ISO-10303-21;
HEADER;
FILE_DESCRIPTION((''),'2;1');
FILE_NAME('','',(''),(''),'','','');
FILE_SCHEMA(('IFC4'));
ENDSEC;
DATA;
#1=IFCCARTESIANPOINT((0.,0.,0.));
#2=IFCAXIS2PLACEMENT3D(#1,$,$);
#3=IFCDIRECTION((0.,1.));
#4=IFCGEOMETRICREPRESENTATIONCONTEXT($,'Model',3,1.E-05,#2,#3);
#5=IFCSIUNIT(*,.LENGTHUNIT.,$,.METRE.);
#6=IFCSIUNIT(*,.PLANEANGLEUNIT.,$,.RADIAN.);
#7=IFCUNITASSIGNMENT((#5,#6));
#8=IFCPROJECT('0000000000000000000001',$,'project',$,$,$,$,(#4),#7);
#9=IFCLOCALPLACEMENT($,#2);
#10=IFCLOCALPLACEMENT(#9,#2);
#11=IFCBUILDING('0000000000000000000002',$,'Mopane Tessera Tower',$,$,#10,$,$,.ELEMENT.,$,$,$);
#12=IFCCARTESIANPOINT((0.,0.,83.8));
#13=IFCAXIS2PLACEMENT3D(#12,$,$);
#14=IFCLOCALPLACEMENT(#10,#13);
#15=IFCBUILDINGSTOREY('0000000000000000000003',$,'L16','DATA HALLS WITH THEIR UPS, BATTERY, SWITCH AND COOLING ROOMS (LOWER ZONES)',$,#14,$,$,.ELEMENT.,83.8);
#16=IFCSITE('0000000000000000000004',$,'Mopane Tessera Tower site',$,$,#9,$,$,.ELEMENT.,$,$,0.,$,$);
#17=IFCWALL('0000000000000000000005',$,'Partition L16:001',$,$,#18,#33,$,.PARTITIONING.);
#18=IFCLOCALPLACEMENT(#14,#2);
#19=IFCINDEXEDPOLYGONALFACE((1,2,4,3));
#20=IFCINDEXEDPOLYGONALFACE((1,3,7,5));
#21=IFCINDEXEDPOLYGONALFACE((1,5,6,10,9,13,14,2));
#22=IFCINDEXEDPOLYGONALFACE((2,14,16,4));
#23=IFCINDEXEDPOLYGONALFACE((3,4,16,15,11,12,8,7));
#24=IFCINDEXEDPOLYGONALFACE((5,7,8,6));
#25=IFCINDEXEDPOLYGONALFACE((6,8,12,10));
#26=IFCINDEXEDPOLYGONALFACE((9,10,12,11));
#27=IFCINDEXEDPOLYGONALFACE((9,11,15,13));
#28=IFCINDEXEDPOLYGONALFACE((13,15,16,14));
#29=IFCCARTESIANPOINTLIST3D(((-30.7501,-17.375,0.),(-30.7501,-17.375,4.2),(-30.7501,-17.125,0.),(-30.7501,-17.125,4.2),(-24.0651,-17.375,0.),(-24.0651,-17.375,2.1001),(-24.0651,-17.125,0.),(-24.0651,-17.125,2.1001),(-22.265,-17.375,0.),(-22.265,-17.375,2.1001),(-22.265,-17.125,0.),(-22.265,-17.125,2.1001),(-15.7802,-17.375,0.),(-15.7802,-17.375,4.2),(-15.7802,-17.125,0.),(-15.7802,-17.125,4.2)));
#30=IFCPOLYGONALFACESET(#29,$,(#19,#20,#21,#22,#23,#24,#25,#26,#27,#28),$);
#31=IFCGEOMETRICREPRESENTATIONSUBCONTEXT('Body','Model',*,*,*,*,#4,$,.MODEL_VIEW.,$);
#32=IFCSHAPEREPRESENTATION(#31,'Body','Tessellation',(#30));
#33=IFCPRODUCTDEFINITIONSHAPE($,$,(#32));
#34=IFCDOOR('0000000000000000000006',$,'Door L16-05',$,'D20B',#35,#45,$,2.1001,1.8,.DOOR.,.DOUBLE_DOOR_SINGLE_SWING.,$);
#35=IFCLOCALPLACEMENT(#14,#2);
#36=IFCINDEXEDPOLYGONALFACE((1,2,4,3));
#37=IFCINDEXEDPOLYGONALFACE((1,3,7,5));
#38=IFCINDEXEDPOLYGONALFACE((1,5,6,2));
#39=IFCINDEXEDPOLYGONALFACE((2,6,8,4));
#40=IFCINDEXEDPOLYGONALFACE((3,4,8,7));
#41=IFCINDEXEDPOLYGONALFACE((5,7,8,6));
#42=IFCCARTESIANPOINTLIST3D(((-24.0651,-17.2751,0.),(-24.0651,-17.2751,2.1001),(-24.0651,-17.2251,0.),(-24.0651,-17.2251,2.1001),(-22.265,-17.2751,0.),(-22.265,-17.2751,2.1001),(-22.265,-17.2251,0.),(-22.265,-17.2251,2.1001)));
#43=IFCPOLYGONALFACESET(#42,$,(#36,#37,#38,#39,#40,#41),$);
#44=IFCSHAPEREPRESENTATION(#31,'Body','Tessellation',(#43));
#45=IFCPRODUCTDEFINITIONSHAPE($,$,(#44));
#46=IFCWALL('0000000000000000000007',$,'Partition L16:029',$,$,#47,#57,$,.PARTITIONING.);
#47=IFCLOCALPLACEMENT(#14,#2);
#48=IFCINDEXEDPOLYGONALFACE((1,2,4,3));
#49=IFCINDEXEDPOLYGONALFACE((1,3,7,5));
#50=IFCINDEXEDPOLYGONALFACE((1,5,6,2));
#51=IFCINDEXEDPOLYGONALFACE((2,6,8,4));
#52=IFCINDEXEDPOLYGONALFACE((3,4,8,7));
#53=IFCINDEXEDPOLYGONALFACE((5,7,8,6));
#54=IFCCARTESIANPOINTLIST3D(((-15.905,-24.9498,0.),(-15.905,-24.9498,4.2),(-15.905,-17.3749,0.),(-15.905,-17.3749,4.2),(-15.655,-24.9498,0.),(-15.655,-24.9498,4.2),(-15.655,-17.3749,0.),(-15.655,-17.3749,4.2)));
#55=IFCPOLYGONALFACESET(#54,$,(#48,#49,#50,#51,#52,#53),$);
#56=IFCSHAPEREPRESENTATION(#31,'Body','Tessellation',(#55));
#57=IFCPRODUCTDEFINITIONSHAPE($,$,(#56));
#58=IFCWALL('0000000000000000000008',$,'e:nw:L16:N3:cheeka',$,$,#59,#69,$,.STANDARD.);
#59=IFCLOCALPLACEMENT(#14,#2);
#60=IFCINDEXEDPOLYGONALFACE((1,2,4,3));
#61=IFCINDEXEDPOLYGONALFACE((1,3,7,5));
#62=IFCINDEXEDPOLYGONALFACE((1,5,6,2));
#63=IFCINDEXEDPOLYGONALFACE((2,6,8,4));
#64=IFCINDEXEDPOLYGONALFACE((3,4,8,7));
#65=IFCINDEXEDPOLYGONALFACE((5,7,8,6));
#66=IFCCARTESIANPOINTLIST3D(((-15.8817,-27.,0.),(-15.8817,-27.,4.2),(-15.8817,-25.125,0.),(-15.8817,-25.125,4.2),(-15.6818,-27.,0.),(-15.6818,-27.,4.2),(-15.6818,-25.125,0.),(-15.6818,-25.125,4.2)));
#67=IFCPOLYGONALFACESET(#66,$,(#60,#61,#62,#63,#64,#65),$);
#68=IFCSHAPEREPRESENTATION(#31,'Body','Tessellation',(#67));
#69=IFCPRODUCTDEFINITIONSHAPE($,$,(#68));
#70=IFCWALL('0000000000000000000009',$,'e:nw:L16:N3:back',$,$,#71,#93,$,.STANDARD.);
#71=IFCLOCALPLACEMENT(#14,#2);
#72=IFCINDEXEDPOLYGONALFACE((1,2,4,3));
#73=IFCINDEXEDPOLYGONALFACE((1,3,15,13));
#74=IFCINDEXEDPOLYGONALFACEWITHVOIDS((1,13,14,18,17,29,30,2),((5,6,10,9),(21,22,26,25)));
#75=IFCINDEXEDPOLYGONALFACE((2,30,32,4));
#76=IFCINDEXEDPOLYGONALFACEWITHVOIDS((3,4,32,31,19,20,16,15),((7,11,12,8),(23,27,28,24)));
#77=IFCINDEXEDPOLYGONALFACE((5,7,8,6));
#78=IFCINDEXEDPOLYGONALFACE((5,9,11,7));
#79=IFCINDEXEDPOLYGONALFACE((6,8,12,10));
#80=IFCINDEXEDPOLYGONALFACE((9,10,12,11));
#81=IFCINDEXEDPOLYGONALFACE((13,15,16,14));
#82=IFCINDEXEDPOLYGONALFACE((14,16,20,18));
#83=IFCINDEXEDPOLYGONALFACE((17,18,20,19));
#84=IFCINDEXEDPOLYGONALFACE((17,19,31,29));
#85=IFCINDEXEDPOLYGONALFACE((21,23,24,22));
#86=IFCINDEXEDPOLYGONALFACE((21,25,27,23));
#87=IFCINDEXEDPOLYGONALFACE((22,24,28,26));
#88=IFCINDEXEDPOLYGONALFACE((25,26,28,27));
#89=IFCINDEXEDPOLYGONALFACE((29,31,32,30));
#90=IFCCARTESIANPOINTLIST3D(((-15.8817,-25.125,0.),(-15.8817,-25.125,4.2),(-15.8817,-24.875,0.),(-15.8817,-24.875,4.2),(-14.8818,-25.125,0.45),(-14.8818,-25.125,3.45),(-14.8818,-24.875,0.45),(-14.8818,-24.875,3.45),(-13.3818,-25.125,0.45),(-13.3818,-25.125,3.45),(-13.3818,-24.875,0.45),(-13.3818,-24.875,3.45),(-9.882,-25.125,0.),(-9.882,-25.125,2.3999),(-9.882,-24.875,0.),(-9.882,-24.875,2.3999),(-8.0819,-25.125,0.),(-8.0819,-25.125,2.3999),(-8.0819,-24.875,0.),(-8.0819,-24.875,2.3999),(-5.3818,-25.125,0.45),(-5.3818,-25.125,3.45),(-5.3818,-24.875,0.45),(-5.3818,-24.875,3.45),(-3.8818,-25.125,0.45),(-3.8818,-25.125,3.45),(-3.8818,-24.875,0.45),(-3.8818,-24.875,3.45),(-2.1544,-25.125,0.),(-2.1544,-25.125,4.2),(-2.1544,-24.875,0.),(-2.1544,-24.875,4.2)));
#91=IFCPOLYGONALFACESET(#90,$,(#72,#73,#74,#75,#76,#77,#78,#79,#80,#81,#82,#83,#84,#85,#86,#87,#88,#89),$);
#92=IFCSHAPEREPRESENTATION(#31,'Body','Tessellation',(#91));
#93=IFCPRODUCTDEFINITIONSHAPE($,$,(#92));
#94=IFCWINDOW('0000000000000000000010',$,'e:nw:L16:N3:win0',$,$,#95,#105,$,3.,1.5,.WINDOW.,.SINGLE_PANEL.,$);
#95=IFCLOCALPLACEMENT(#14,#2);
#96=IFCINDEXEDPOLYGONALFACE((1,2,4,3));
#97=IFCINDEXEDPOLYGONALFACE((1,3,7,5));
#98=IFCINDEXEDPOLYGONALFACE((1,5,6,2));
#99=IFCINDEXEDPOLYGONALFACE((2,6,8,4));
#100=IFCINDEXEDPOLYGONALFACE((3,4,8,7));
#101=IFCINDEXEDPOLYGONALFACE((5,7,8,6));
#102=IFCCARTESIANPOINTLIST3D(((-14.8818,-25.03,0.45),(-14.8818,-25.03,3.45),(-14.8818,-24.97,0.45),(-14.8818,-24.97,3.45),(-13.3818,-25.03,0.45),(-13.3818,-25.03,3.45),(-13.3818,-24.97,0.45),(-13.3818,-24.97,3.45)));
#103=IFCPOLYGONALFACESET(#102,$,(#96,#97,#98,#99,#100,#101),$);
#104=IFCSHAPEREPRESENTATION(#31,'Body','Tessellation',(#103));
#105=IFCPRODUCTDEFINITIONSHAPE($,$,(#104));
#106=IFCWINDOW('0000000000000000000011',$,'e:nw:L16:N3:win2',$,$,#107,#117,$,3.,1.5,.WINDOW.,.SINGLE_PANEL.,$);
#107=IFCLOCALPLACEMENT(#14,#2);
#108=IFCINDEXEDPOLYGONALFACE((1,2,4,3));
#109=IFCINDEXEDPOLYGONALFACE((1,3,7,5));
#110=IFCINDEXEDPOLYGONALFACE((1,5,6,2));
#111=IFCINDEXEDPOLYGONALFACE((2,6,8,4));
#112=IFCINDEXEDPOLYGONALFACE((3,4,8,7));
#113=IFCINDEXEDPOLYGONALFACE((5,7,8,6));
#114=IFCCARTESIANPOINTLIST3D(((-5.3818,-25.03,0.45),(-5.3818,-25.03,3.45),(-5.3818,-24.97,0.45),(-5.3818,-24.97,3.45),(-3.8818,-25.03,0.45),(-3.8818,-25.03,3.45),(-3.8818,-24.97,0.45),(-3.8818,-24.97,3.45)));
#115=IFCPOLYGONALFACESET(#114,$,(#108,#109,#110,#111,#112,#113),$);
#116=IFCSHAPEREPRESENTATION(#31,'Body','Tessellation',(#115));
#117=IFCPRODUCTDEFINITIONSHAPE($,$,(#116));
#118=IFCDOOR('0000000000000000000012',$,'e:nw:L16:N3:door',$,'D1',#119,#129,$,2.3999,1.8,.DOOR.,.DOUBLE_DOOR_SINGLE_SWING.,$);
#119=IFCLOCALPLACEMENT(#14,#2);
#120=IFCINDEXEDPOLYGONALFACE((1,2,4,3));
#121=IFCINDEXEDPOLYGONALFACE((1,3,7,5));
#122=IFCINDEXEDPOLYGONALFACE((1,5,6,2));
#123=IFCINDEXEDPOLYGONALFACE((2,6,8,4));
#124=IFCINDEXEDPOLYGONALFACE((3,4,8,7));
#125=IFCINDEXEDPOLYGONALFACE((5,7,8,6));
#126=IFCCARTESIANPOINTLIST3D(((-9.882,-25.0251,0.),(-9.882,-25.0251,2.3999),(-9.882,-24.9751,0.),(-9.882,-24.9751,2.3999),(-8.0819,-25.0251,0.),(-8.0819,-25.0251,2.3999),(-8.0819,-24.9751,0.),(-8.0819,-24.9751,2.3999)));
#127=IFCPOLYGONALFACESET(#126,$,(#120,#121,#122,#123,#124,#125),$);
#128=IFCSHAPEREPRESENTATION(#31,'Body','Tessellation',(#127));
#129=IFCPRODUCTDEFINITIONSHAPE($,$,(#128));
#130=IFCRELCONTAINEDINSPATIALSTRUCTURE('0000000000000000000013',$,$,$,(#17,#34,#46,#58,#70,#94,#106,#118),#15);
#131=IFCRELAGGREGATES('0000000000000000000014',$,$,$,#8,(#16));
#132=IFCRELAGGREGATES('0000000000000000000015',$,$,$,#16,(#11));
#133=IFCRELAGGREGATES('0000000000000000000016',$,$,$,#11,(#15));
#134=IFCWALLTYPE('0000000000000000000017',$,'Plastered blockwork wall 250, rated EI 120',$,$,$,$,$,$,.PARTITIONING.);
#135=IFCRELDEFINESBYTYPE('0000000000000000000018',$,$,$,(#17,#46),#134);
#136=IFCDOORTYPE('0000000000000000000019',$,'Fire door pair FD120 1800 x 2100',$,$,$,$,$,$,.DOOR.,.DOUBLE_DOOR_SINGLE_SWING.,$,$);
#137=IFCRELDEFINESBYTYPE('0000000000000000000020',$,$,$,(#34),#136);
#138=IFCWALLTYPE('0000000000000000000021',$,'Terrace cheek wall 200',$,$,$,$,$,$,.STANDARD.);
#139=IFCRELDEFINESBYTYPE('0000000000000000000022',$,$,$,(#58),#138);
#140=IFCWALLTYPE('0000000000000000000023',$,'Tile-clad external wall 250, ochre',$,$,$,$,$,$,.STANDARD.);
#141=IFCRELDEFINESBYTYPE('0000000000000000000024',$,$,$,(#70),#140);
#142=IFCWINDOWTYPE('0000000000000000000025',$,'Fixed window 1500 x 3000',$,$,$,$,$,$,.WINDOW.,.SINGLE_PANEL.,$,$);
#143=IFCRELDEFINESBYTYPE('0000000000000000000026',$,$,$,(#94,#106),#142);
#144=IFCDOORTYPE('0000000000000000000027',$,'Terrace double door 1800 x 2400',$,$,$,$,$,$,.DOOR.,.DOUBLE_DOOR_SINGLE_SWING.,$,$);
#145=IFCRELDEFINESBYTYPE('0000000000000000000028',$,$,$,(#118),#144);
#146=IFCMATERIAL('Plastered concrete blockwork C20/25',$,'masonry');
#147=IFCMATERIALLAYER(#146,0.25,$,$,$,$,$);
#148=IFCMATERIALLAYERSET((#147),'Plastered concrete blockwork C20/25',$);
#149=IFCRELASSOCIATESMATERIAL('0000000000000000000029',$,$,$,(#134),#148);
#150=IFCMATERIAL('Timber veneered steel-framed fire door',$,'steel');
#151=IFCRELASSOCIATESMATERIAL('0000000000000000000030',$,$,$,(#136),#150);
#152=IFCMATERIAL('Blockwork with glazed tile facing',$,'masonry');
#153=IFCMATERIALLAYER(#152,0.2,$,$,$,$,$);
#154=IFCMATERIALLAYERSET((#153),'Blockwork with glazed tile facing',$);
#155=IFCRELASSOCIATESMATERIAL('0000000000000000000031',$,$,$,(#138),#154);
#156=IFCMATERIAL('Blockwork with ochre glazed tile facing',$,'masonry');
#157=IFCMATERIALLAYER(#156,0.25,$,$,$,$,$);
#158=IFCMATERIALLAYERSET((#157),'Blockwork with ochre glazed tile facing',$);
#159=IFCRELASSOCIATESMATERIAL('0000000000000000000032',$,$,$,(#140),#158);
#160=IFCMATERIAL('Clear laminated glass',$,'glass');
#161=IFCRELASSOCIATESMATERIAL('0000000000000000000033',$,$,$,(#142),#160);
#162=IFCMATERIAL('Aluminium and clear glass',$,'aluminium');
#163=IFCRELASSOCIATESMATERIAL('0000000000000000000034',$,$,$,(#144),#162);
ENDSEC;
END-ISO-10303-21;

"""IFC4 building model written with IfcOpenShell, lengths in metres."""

from ifc_helpers import new_model, si_unit, direction, frame, frame_2d, origin, place, context, subcontext, project, spatial, rectangle, extrude, material, layer, layer_set, type_object, element, fill, save


model = new_model("IFC4")

# Units and contexts
model_context = context("Model", 3, precision=1e-05, world=origin(), true_north=direction((0.0, 1.0)))
body_context = subcontext(model_context, "Body", "Model", "MODEL_VIEW")
ifc_project = project(units=[si_unit("LENGTHUNIT", "METRE"), si_unit("PLANEANGLEUNIT", "RADIAN")], contexts=[model_context])

# Site, building, storey
site_placement = place(None, origin())
site = spatial("IfcSite", under=ifc_project, at=site_placement, Name="Mopane Tessera Tower site", CompositionType="ELEMENT", RefElevation=0.0)
building_placement = place(site_placement, origin())
building = spatial("IfcBuilding", under=site, at=building_placement, Name="Mopane Tessera Tower", CompositionType="ELEMENT")
storey_placement = place(building_placement, frame((0.0, 0.0, 83.8)))
storey = spatial("IfcBuildingStorey", under=building, at=storey_placement, Name="L16", Description="DATA HALLS WITH THEIR UPS, BATTERY, SWITCH AND COOLING ROOMS (LOWER ZONES)", CompositionType="ELEMENT", Elevation=83.8)

# Wall, opening, door
ifc_material_1 = material(Name="Plastered concrete blockwork C20/25", Category="masonry")
ifc_layer_1 = layer(ifc_material_1, 0.25)
ifc_layer_set_1 = layer_set([ifc_layer_1], Name="Plastered concrete blockwork C20/25")
wall_type_1 = type_object("IfcWallType", Name="Plastered blockwork wall 250, rated EI 120", PredefinedType="PARTITIONING", material=ifc_layer_set_1)
wall_1_placement = place(storey_placement, frame((-30.75, -17.25, 0.0), z_axis=(0.0, 0.0, 1.0), x_axis=(1.0, 0.0, 0.0)))
wall_1 = element("IfcWall", 1, at=wall_1_placement, inside=storey, type_object=wall_type_1, Name="Partition L16:001", PredefinedType="PARTITIONING", context=body_context, shape_type="SweptSolid", body=[
    extrude(rectangle(XDim=14.97, YDim=0.25, at=frame_2d((7.4849, 0.0))), origin(), (0.0, 0.0, 1.0), 4.2),
])
opening_1_placement = place(wall_1_placement, frame((6.6851, 0.0, 0.0)))
opening_1 = element("IfcOpeningElement", 2, at=opening_1_placement, cuts=wall_1, PredefinedType="OPENING", context=body_context, shape_type="SweptSolid", body=[
    extrude(rectangle(XDim=1.8, YDim=2.1001, at=frame_2d((0.8999, 1.05))), frame((0.0, 0.137, 0.0), z_axis=(0.0, -1.0, 0.0), x_axis=(1.0, 0.0, 0.0)), (0.0, 0.0, 1.0), 0.2739),
])
ifc_material_2 = material(Name="Timber veneered steel-framed fire door", Category="steel")
door_type_1 = type_object("IfcDoorType", Name="Fire door pair FD120 1800 x 2100", OperationType="DOUBLE_DOOR_SINGLE_SWING", PredefinedType="DOOR", material=ifc_material_2)
door_1_placement = place(opening_1_placement, origin())
door_1 = element("IfcDoor", 3, at=door_1_placement, inside=storey, type_object=door_type_1, Name="Door L16-05", ObjectType="D20B", OperationType="DOUBLE_DOOR_SINGLE_SWING", OverallHeight=2.1001, OverallWidth=1.8, PredefinedType="DOOR", context=body_context, shape_type="SweptSolid", body=[
    extrude(rectangle(XDim=1.8, YDim=2.1001, at=frame_2d((0.8999, 1.05))), frame((0.0, 0.0249, 0.0), z_axis=(0.0, -1.0, 0.0), x_axis=(1.0, 0.0, 0.0)), (0.0, 0.0, 1.0), 0.05),
])
fill(opening_1, door_1)

# Walls
wall_2_placement = place(storey_placement, frame((-15.78, -24.95, 0.0), z_axis=(0.0, 0.0, 1.0), x_axis=(0.0, 1.0, 0.0)))
element("IfcWall", 4, at=wall_2_placement, inside=storey, type_object=wall_type_1, Name="Partition L16:029", PredefinedType="PARTITIONING", context=body_context, shape_type="SweptSolid", body=[
    extrude(rectangle(XDim=7.575, YDim=0.25, at=frame_2d((3.7876, 0.0))), origin(), (0.0, 0.0, 1.0), 4.2),
])
ifc_material_3 = material(Name="Blockwork with glazed tile facing", Category="masonry")
ifc_layer_2 = layer(ifc_material_3, 0.2)
ifc_layer_set_2 = layer_set([ifc_layer_2], Name="Blockwork with glazed tile facing")
wall_type_2 = type_object("IfcWallType", Name="Terrace cheek wall 200", PredefinedType="STANDARD", material=ifc_layer_set_2)
wall_3_placement = place(storey_placement, frame((-15.7817, -27.0, 0.0), z_axis=(0.0, 0.0, 1.0), x_axis=(0.0, 1.0, 0.0)))
element("IfcWall", 5, at=wall_3_placement, inside=storey, type_object=wall_type_2, Name="e:nw:L16:N3:cheeka", PredefinedType="STANDARD", context=body_context, shape_type="SweptSolid", body=[
    extrude(rectangle(XDim=1.875, YDim=0.2, at=frame_2d((0.9375, 0.0))), origin(), (0.0, 0.0, 1.0), 4.2),
])

# Wall, openings, windows, door
ifc_material_4 = material(Name="Blockwork with ochre glazed tile facing", Category="masonry")
ifc_layer_3 = layer(ifc_material_4, 0.25)
ifc_layer_set_3 = layer_set([ifc_layer_3], Name="Blockwork with ochre glazed tile facing")
wall_type_3 = type_object("IfcWallType", Name="Tile-clad external wall 250, ochre", PredefinedType="STANDARD", material=ifc_layer_set_3)
wall_4_placement = place(storey_placement, frame((-15.8818, -25.0, 0.0), z_axis=(0.0, 0.0, 1.0), x_axis=(1.0, 0.0, 0.0)))
wall_4 = element("IfcWall", 6, at=wall_4_placement, inside=storey, type_object=wall_type_3, Name="e:nw:L16:N3:back", PredefinedType="STANDARD", context=body_context, shape_type="SweptSolid", body=[
    extrude(rectangle(XDim=13.7273, YDim=0.25, at=frame_2d((6.8638, 0.0))), origin(), (0.0, 0.0, 1.0), 4.2),
])
opening_2_placement = place(wall_4_placement, frame((1.0, 0.0, 0.45)))
opening_2 = element("IfcOpeningElement", 7, at=opening_2_placement, cuts=wall_4, PredefinedType="OPENING", context=body_context, shape_type="SweptSolid", body=[
    extrude(rectangle(XDim=1.5, YDim=3.0, at=frame_2d((0.75, 1.5))), frame((0.0, 0.137, 0.0), z_axis=(0.0, -1.0, 0.0), x_axis=(1.0, 0.0, 0.0)), (0.0, 0.0, 1.0), 0.2739),
])
opening_3_placement = place(wall_4_placement, frame((6.0, 0.0, 0.0)))
opening_3 = element("IfcOpeningElement", 8, at=opening_3_placement, cuts=wall_4, PredefinedType="OPENING", context=body_context, shape_type="SweptSolid", body=[
    extrude(rectangle(XDim=1.8, YDim=2.3999, at=frame_2d((0.8999, 1.2))), frame((0.0, 0.137, 0.0), z_axis=(0.0, -1.0, 0.0), x_axis=(1.0, 0.0, 0.0)), (0.0, 0.0, 1.0), 0.2739),
])
opening_4_placement = place(wall_4_placement, frame((10.5, 0.0, 0.45)))
opening_4 = element("IfcOpeningElement", 9, at=opening_4_placement, cuts=wall_4, PredefinedType="OPENING", context=body_context, shape_type="SweptSolid", body=[
    extrude(rectangle(XDim=1.5, YDim=3.0, at=frame_2d((0.75, 1.5))), frame((0.0, 0.137, 0.0), z_axis=(0.0, -1.0, 0.0), x_axis=(1.0, 0.0, 0.0)), (0.0, 0.0, 1.0), 0.2739),
])
ifc_material_5 = material(Name="Clear laminated glass", Category="glass")
window_type = type_object("IfcWindowType", Name="Fixed window 1500 x 3000", PartitioningType="SINGLE_PANEL", PredefinedType="WINDOW", material=ifc_material_5)
window_1_placement = place(opening_2_placement, origin())
window_1 = element("IfcWindow", 10, at=window_1_placement, inside=storey, type_object=window_type, Name="e:nw:L16:N3:win0", OverallHeight=3.0, OverallWidth=1.5, PartitioningType="SINGLE_PANEL", PredefinedType="WINDOW", context=body_context, shape_type="SweptSolid", body=[
    extrude(rectangle(XDim=1.5, YDim=3.0, at=frame_2d((0.75, 1.5))), frame((0.0, 0.03, 0.0), z_axis=(0.0, -1.0, 0.0), x_axis=(1.0, 0.0, 0.0)), (0.0, 0.0, 1.0), 0.0601),
])
fill(opening_2, window_1)
window_2_placement = place(opening_4_placement, origin())
window_2 = element("IfcWindow", 11, at=window_2_placement, inside=storey, type_object=window_type, Name="e:nw:L16:N3:win2", OverallHeight=3.0, OverallWidth=1.5, PartitioningType="SINGLE_PANEL", PredefinedType="WINDOW", context=body_context, shape_type="SweptSolid", body=[
    extrude(rectangle(XDim=1.5, YDim=3.0, at=frame_2d((0.75, 1.5))), frame((0.0, 0.03, 0.0), z_axis=(0.0, -1.0, 0.0), x_axis=(1.0, 0.0, 0.0)), (0.0, 0.0, 1.0), 0.0601),
])
fill(opening_4, window_2)
ifc_material_6 = material(Name="Aluminium and clear glass", Category="aluminium")
door_type_2 = type_object("IfcDoorType", Name="Terrace double door 1800 x 2400", OperationType="DOUBLE_DOOR_SINGLE_SWING", PredefinedType="DOOR", material=ifc_material_6)
door_2_placement = place(opening_3_placement, origin())
door_2 = element("IfcDoor", 12, at=door_2_placement, inside=storey, type_object=door_type_2, Name="e:nw:L16:N3:door", ObjectType="D1", OperationType="DOUBLE_DOOR_SINGLE_SWING", OverallHeight=2.3999, OverallWidth=1.8, PredefinedType="DOOR", context=body_context, shape_type="SweptSolid", body=[
    extrude(rectangle(XDim=1.8, YDim=2.3999, at=frame_2d((0.8999, 1.2))), frame((0.0, 0.0249, 0.0), z_axis=(0.0, -1.0, 0.0), x_axis=(1.0, 0.0, 0.0)), (0.0, 0.0, 1.0), 0.05),
])
fill(opening_3, door_2)

save(model, "model.ifc")
